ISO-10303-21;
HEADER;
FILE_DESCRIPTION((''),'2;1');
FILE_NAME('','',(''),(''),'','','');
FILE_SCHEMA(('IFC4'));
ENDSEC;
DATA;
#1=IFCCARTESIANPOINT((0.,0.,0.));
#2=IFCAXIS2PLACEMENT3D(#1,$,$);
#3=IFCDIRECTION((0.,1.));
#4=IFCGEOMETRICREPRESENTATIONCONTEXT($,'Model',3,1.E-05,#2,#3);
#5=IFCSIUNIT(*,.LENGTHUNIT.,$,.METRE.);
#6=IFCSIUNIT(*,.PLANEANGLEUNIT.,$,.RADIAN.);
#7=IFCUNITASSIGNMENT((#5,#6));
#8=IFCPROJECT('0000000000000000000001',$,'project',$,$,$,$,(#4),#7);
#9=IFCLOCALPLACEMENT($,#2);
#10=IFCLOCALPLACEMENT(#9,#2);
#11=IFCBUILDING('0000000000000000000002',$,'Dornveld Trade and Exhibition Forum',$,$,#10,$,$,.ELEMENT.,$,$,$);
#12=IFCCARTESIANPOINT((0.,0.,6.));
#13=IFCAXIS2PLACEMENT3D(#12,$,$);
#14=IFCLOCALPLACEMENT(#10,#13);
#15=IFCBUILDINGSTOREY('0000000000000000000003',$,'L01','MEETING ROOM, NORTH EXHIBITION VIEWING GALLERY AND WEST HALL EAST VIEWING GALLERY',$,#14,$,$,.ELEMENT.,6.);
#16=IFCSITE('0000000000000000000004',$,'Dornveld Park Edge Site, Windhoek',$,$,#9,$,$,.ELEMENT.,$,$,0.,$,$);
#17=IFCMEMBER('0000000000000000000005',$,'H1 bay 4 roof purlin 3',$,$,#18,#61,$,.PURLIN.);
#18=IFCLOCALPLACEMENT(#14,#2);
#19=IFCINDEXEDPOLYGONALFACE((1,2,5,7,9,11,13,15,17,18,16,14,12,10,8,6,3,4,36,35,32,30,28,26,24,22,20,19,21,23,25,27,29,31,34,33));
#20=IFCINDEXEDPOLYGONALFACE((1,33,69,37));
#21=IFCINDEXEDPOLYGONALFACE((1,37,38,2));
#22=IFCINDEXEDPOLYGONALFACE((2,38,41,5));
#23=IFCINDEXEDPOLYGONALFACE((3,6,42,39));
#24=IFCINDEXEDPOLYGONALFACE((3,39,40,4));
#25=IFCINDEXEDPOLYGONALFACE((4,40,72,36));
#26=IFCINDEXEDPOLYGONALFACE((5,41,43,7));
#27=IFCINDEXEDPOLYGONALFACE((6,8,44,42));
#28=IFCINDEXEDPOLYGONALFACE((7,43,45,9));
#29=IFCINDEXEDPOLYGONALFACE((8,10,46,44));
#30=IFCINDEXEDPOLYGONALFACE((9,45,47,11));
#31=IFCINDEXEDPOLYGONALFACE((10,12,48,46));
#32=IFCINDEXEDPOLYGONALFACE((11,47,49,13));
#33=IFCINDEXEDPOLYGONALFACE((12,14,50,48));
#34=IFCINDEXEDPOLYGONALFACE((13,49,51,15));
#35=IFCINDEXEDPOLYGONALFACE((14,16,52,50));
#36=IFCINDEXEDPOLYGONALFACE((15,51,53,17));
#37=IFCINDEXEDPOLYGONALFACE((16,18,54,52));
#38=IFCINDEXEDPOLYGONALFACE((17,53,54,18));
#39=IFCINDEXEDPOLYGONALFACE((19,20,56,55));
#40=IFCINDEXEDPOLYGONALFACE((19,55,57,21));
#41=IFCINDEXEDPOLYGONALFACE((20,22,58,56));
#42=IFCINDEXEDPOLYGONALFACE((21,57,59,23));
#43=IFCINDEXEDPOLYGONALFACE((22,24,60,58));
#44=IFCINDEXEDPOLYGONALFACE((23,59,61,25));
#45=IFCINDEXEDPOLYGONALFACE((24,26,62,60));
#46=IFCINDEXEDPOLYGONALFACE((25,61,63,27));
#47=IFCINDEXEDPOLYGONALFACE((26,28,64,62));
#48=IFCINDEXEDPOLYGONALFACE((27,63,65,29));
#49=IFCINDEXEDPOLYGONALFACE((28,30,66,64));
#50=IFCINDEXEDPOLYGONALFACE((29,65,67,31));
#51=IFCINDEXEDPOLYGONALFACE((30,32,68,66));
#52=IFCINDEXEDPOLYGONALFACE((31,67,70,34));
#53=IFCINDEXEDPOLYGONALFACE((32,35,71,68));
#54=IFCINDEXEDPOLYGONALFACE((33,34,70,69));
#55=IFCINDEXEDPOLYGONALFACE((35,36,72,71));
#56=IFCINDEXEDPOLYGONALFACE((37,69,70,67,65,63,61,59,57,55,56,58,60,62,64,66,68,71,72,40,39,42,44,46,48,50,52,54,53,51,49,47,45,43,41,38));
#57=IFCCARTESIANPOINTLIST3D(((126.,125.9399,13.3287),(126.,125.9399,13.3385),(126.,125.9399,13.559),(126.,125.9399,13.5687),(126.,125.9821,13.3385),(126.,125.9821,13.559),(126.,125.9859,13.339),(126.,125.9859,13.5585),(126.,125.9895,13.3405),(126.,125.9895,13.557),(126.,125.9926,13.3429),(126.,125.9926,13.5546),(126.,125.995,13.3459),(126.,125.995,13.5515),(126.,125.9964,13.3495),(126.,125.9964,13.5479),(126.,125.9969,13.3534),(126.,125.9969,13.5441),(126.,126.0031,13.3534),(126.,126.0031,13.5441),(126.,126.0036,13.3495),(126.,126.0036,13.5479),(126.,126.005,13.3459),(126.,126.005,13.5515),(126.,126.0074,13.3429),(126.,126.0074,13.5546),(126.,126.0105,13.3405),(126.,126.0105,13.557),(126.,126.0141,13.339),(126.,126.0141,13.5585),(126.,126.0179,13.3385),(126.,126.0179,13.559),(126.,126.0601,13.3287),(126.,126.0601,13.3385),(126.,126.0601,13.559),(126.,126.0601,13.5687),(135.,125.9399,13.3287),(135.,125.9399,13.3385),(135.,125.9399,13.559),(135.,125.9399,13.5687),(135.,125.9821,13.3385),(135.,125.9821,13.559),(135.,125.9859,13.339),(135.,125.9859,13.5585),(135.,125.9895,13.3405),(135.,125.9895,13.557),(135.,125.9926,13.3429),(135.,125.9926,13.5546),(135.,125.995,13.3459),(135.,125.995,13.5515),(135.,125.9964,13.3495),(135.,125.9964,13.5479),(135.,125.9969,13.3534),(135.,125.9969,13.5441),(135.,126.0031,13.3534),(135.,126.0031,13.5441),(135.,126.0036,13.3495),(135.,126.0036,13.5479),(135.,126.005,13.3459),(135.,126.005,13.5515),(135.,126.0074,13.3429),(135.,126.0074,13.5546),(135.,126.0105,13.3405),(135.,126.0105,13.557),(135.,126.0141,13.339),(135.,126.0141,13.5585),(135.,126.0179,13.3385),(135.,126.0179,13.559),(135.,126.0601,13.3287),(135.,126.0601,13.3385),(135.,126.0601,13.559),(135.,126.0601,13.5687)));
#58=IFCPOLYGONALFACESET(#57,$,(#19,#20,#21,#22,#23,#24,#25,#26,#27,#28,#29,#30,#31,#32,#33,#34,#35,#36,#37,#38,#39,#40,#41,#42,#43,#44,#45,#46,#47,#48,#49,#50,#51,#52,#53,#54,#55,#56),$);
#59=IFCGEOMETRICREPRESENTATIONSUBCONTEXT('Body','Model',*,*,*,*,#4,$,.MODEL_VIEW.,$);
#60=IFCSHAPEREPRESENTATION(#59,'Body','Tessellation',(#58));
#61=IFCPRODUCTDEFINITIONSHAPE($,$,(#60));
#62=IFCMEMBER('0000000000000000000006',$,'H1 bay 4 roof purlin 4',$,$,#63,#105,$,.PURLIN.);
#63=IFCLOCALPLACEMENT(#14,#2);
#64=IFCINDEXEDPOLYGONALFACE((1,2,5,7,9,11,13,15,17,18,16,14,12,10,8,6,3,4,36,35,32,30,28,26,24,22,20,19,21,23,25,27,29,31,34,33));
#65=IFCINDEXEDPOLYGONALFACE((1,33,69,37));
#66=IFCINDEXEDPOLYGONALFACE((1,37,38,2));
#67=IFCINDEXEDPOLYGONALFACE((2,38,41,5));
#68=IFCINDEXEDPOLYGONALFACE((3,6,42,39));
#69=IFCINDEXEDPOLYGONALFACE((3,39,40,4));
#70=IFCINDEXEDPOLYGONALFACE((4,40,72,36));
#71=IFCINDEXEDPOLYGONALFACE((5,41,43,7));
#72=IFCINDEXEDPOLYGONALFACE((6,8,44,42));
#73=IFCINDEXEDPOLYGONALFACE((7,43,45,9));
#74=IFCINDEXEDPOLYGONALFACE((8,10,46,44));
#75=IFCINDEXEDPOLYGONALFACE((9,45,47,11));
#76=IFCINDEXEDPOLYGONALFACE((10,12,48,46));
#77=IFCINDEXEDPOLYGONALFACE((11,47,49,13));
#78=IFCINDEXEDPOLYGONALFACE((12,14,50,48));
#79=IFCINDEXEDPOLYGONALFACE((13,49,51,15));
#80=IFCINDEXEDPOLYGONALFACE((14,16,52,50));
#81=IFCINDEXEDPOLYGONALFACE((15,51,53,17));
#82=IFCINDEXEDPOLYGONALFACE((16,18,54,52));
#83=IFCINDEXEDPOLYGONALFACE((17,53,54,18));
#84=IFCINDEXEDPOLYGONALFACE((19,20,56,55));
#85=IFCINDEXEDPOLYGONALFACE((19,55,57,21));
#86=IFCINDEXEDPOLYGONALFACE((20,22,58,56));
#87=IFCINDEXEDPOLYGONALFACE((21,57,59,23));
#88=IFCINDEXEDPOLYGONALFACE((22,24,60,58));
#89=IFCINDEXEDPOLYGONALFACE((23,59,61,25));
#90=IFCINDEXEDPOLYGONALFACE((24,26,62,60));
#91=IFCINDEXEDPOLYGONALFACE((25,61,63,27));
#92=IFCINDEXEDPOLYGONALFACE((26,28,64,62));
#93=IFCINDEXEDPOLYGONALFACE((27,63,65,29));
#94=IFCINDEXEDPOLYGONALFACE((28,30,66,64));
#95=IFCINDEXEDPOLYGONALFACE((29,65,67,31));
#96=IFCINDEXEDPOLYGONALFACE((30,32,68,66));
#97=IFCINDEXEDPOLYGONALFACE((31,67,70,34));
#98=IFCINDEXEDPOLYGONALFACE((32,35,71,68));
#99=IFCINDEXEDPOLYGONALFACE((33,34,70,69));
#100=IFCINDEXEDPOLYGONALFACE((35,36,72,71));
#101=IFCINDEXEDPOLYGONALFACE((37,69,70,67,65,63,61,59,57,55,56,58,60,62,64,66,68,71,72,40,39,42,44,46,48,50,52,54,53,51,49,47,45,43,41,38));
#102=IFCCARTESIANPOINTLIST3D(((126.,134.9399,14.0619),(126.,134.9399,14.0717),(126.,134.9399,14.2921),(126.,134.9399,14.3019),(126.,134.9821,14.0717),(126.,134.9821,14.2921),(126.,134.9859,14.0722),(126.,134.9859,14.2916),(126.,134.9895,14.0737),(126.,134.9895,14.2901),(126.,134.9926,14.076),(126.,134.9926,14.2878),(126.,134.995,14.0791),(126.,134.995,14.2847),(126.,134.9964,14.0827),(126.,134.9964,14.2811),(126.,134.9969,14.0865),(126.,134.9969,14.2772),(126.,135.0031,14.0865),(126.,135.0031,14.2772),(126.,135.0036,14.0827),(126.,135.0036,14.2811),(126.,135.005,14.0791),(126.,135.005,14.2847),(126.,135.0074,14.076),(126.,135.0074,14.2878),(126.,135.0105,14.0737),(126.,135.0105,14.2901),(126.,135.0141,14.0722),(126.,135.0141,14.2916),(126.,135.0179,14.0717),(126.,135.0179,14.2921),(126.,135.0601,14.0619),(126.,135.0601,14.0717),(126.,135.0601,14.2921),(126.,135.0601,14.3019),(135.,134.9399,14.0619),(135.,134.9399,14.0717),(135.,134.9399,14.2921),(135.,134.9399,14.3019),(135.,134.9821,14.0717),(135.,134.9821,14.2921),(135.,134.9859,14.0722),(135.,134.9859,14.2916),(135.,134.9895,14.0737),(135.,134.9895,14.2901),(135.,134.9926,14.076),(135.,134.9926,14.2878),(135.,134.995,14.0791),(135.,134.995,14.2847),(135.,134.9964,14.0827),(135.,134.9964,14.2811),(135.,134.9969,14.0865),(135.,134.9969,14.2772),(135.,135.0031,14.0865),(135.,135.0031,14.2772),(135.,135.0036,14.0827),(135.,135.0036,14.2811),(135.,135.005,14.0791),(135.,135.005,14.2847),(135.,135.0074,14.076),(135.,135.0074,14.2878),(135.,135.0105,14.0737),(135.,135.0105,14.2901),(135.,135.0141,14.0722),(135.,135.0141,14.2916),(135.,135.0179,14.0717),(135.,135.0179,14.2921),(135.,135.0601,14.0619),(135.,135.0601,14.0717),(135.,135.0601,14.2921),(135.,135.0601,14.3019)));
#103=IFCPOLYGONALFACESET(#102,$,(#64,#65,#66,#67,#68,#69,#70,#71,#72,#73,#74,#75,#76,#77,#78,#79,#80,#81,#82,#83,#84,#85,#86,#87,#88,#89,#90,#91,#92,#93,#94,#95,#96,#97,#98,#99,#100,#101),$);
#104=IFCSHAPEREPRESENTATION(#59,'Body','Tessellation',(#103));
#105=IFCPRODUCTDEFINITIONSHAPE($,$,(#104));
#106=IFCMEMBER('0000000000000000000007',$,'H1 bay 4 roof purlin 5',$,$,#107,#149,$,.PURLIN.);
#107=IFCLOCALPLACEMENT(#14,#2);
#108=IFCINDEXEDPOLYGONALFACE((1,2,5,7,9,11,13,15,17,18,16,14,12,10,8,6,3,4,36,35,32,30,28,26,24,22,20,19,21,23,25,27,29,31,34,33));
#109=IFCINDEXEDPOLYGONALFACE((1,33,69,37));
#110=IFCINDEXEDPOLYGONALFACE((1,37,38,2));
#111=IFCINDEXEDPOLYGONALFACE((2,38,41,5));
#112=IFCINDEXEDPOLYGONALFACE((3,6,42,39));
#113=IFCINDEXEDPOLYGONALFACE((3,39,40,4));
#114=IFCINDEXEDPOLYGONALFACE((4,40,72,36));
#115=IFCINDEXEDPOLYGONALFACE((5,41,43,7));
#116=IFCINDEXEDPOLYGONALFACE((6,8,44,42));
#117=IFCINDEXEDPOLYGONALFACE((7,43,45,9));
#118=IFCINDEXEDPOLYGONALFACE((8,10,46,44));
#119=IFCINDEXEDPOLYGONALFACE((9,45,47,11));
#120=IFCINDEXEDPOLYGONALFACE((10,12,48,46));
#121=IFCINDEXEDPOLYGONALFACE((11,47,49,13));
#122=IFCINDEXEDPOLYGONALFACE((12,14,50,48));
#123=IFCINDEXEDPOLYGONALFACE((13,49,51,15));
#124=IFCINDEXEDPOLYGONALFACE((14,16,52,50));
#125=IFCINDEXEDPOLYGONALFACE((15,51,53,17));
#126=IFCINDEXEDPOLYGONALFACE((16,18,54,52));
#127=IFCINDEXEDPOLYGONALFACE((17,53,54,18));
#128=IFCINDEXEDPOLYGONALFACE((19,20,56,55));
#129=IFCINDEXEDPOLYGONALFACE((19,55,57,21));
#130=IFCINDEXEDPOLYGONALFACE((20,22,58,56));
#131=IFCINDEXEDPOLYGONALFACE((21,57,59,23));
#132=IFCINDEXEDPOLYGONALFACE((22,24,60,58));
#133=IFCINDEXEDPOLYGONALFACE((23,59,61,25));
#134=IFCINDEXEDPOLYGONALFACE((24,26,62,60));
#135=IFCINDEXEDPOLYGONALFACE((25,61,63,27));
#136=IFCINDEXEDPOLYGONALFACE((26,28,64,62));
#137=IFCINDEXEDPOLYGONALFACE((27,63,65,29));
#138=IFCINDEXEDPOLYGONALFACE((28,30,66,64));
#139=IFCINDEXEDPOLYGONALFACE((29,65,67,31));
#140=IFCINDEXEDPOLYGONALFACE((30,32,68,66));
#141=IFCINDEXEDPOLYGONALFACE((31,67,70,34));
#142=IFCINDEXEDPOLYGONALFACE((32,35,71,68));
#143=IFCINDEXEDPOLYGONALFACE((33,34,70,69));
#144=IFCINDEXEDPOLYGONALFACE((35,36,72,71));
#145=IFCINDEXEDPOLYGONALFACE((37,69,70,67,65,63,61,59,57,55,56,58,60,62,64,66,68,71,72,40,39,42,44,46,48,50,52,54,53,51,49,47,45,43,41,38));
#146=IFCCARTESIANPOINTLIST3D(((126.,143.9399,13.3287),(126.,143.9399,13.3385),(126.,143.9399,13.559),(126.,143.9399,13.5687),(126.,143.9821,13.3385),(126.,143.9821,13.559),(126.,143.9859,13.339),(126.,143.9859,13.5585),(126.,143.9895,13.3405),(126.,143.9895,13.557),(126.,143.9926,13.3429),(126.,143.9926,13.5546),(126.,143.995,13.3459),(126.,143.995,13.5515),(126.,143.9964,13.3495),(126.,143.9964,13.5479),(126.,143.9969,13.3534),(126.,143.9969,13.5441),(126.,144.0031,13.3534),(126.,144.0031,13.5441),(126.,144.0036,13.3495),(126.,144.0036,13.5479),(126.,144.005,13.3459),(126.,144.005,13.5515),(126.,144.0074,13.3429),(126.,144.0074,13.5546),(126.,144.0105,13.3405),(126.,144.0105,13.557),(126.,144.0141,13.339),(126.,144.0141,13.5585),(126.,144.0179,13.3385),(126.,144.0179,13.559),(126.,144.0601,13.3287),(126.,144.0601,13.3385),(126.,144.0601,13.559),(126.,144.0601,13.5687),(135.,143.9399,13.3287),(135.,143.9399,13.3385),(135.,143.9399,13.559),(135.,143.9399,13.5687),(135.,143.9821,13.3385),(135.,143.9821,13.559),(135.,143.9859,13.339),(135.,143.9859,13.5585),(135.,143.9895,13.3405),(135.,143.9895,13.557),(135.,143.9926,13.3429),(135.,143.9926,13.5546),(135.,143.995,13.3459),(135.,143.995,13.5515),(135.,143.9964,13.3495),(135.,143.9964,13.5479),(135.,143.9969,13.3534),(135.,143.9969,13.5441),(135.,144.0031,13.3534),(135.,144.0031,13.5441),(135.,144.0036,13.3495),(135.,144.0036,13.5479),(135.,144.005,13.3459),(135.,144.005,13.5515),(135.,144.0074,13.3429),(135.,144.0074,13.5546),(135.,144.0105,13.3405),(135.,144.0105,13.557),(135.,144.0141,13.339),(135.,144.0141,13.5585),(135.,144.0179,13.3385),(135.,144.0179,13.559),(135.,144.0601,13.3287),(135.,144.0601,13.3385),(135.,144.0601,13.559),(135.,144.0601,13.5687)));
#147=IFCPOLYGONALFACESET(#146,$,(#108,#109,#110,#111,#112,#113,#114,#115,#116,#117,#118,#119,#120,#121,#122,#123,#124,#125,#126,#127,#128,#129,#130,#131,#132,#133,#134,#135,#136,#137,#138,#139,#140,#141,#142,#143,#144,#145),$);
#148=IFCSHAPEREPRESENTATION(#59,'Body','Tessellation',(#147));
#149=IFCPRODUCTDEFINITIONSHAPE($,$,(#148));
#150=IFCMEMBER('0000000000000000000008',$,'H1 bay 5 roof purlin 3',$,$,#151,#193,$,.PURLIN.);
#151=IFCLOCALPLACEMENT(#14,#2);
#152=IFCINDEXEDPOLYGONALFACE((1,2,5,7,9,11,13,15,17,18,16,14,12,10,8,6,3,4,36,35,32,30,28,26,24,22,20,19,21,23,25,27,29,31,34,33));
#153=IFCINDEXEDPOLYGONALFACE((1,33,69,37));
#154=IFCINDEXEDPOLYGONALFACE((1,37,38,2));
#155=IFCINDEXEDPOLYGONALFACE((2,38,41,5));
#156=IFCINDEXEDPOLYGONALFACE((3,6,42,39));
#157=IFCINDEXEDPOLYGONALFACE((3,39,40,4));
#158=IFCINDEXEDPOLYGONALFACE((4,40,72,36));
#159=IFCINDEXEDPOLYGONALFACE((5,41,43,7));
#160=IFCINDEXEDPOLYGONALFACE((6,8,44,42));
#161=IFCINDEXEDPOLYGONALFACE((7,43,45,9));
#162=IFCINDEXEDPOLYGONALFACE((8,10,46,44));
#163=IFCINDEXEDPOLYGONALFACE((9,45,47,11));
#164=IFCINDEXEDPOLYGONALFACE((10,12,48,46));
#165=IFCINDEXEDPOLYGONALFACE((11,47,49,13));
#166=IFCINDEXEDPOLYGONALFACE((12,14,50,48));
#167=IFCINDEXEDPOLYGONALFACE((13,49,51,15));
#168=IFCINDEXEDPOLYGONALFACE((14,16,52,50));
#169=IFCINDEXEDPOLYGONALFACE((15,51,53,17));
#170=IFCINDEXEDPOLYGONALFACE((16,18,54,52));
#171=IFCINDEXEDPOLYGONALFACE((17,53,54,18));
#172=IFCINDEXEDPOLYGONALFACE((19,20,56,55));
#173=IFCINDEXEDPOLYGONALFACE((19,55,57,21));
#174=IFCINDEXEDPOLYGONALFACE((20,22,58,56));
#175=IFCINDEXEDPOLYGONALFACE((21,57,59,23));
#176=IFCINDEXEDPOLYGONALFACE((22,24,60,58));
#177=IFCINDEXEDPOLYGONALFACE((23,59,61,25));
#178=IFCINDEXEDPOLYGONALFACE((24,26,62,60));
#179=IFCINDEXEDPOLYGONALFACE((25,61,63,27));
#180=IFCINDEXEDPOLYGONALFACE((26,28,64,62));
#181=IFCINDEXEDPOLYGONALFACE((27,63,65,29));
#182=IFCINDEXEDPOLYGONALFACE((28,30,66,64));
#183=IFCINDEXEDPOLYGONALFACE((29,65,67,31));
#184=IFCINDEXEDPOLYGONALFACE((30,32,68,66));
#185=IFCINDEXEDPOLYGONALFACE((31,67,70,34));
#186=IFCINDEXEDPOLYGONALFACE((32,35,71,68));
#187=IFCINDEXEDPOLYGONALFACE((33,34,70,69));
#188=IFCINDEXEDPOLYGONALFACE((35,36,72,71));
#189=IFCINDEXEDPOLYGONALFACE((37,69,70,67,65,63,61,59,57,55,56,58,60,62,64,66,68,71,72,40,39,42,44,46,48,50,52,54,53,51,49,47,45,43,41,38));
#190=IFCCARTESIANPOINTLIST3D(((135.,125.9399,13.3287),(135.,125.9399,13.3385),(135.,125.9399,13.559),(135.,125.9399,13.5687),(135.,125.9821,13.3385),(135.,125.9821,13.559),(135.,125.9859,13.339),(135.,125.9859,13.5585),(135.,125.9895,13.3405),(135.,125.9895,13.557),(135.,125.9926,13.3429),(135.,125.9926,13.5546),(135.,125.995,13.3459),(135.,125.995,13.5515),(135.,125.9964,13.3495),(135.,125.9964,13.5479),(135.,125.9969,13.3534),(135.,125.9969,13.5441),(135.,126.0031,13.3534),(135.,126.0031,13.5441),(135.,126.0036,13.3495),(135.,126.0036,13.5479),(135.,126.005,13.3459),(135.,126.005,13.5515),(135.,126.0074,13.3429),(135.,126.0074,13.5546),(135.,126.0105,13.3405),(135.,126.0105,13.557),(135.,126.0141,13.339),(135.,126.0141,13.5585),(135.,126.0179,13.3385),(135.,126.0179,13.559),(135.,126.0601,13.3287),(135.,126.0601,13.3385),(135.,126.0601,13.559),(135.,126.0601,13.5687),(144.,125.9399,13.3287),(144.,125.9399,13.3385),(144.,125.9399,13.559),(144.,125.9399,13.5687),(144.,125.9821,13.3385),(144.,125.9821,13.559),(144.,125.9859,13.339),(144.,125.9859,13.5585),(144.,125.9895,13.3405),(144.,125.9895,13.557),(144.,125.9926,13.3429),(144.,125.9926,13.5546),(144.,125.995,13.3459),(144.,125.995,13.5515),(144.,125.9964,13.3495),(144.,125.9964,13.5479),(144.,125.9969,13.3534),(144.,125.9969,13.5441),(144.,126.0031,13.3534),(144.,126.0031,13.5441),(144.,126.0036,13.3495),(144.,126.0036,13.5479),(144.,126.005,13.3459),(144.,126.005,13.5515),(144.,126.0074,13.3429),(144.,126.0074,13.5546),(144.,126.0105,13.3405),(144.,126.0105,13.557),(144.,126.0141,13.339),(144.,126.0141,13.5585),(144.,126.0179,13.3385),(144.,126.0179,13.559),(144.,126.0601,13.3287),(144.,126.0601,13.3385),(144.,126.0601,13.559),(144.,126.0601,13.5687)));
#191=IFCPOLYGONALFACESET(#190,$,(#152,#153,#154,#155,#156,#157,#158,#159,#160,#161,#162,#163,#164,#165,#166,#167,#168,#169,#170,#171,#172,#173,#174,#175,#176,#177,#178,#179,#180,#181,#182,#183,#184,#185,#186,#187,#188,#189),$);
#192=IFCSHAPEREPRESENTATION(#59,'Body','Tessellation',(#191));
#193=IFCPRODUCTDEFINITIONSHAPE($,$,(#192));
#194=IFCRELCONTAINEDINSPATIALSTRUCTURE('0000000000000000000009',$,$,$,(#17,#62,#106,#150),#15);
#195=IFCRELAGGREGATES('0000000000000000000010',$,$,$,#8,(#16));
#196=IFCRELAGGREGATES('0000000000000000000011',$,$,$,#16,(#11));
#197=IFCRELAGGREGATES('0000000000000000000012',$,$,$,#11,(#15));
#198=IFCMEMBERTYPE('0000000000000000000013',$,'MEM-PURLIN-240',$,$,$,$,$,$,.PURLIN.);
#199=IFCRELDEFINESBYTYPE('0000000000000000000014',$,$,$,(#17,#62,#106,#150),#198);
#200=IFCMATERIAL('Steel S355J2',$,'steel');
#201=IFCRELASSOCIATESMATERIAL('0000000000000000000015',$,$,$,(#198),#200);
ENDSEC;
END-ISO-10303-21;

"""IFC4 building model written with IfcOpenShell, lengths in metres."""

from ifc_helpers import new_model, si_unit, direction, frame, origin, origin_2d, place, context, subcontext, project, spatial, i_section, extrude, material, material_profile, profile_set, type_object, element, save


model = new_model("IFC4")

# Units and contexts
model_context = context("Model", 3, precision=1e-05, world=origin(), true_north=direction((0.0, 1.0)))
body_context = subcontext(model_context, "Body", "Model", "MODEL_VIEW")
ifc_project = project(units=[si_unit("LENGTHUNIT", "METRE"), si_unit("PLANEANGLEUNIT", "RADIAN")], contexts=[model_context])

# Site, building, storey
site_placement = place(None, origin())
site = spatial("IfcSite", under=ifc_project, at=site_placement, Name="Dornveld Park Edge Site, Windhoek", CompositionType="ELEMENT", RefElevation=0.0)
building_placement = place(site_placement, origin())
building = spatial("IfcBuilding", under=site, at=building_placement, Name="Dornveld Trade and Exhibition Forum", CompositionType="ELEMENT")
storey_placement = place(building_placement, frame((0.0, 0.0, 6.0)))
storey = spatial("IfcBuildingStorey", under=building, at=storey_placement, Name="L01", Description="MEETING ROOM, NORTH EXHIBITION VIEWING GALLERY AND WEST HALL EAST VIEWING GALLERY", CompositionType="ELEMENT", Elevation=6.0)

# Members
ifc_material_1 = material(Name="Steel S355J2", Category="steel")
ifc_material_profile_1 = material_profile(ifc_material_1, i_section(OverallWidth=0.1201, OverallDepth=0.24, WebThickness=0.0061, FlangeThickness=0.0098, FilletRadius=0.0149, at=origin_2d()), Name="IPE 240")
ifc_profile_set_1 = profile_set([ifc_material_profile_1], Name="Steel S355J2")
member_type_1 = type_object("IfcMemberType", Name="MEM-PURLIN-240", PredefinedType="PURLIN", material=ifc_profile_set_1)
for number, where, z_axis, x_axis, name in (
    (1, (126.0, 126.0, 13.4487), (1.0, 0.0, 0.0), (0.0, 1.0, 0.0), "H1 bay 4 roof purlin 3"),
    (2, (126.0, 135.0, 14.1819), (1.0, 0.0, 0.0), (0.0, 1.0, 0.0), "H1 bay 4 roof purlin 4"),
    (3, (126.0, 144.0, 13.4487), (1.0, 0.0, 0.0), (0.0, 1.0, 0.0), "H1 bay 4 roof purlin 5"),
    (4, (135.0, 126.0, 13.4487), (1.0, 0.0, 0.0), (0.0, 1.0, 0.0), "H1 bay 5 roof purlin 3"),
):
    element("IfcMember", number, at=place(storey_placement, frame(where, z_axis=z_axis, x_axis=x_axis)), inside=storey, type_object=member_type_1, Name=name, PredefinedType="PURLIN", context=body_context, shape_type="SweptSolid", body=[
        extrude(i_section(OverallWidth=0.1201, OverallDepth=0.24, WebThickness=0.0061, FlangeThickness=0.0098, FilletRadius=0.0149, at=origin_2d()), origin(), (0.0, 0.0, 1.0), 9.0),
    ])

save(model, "model.ifc")
